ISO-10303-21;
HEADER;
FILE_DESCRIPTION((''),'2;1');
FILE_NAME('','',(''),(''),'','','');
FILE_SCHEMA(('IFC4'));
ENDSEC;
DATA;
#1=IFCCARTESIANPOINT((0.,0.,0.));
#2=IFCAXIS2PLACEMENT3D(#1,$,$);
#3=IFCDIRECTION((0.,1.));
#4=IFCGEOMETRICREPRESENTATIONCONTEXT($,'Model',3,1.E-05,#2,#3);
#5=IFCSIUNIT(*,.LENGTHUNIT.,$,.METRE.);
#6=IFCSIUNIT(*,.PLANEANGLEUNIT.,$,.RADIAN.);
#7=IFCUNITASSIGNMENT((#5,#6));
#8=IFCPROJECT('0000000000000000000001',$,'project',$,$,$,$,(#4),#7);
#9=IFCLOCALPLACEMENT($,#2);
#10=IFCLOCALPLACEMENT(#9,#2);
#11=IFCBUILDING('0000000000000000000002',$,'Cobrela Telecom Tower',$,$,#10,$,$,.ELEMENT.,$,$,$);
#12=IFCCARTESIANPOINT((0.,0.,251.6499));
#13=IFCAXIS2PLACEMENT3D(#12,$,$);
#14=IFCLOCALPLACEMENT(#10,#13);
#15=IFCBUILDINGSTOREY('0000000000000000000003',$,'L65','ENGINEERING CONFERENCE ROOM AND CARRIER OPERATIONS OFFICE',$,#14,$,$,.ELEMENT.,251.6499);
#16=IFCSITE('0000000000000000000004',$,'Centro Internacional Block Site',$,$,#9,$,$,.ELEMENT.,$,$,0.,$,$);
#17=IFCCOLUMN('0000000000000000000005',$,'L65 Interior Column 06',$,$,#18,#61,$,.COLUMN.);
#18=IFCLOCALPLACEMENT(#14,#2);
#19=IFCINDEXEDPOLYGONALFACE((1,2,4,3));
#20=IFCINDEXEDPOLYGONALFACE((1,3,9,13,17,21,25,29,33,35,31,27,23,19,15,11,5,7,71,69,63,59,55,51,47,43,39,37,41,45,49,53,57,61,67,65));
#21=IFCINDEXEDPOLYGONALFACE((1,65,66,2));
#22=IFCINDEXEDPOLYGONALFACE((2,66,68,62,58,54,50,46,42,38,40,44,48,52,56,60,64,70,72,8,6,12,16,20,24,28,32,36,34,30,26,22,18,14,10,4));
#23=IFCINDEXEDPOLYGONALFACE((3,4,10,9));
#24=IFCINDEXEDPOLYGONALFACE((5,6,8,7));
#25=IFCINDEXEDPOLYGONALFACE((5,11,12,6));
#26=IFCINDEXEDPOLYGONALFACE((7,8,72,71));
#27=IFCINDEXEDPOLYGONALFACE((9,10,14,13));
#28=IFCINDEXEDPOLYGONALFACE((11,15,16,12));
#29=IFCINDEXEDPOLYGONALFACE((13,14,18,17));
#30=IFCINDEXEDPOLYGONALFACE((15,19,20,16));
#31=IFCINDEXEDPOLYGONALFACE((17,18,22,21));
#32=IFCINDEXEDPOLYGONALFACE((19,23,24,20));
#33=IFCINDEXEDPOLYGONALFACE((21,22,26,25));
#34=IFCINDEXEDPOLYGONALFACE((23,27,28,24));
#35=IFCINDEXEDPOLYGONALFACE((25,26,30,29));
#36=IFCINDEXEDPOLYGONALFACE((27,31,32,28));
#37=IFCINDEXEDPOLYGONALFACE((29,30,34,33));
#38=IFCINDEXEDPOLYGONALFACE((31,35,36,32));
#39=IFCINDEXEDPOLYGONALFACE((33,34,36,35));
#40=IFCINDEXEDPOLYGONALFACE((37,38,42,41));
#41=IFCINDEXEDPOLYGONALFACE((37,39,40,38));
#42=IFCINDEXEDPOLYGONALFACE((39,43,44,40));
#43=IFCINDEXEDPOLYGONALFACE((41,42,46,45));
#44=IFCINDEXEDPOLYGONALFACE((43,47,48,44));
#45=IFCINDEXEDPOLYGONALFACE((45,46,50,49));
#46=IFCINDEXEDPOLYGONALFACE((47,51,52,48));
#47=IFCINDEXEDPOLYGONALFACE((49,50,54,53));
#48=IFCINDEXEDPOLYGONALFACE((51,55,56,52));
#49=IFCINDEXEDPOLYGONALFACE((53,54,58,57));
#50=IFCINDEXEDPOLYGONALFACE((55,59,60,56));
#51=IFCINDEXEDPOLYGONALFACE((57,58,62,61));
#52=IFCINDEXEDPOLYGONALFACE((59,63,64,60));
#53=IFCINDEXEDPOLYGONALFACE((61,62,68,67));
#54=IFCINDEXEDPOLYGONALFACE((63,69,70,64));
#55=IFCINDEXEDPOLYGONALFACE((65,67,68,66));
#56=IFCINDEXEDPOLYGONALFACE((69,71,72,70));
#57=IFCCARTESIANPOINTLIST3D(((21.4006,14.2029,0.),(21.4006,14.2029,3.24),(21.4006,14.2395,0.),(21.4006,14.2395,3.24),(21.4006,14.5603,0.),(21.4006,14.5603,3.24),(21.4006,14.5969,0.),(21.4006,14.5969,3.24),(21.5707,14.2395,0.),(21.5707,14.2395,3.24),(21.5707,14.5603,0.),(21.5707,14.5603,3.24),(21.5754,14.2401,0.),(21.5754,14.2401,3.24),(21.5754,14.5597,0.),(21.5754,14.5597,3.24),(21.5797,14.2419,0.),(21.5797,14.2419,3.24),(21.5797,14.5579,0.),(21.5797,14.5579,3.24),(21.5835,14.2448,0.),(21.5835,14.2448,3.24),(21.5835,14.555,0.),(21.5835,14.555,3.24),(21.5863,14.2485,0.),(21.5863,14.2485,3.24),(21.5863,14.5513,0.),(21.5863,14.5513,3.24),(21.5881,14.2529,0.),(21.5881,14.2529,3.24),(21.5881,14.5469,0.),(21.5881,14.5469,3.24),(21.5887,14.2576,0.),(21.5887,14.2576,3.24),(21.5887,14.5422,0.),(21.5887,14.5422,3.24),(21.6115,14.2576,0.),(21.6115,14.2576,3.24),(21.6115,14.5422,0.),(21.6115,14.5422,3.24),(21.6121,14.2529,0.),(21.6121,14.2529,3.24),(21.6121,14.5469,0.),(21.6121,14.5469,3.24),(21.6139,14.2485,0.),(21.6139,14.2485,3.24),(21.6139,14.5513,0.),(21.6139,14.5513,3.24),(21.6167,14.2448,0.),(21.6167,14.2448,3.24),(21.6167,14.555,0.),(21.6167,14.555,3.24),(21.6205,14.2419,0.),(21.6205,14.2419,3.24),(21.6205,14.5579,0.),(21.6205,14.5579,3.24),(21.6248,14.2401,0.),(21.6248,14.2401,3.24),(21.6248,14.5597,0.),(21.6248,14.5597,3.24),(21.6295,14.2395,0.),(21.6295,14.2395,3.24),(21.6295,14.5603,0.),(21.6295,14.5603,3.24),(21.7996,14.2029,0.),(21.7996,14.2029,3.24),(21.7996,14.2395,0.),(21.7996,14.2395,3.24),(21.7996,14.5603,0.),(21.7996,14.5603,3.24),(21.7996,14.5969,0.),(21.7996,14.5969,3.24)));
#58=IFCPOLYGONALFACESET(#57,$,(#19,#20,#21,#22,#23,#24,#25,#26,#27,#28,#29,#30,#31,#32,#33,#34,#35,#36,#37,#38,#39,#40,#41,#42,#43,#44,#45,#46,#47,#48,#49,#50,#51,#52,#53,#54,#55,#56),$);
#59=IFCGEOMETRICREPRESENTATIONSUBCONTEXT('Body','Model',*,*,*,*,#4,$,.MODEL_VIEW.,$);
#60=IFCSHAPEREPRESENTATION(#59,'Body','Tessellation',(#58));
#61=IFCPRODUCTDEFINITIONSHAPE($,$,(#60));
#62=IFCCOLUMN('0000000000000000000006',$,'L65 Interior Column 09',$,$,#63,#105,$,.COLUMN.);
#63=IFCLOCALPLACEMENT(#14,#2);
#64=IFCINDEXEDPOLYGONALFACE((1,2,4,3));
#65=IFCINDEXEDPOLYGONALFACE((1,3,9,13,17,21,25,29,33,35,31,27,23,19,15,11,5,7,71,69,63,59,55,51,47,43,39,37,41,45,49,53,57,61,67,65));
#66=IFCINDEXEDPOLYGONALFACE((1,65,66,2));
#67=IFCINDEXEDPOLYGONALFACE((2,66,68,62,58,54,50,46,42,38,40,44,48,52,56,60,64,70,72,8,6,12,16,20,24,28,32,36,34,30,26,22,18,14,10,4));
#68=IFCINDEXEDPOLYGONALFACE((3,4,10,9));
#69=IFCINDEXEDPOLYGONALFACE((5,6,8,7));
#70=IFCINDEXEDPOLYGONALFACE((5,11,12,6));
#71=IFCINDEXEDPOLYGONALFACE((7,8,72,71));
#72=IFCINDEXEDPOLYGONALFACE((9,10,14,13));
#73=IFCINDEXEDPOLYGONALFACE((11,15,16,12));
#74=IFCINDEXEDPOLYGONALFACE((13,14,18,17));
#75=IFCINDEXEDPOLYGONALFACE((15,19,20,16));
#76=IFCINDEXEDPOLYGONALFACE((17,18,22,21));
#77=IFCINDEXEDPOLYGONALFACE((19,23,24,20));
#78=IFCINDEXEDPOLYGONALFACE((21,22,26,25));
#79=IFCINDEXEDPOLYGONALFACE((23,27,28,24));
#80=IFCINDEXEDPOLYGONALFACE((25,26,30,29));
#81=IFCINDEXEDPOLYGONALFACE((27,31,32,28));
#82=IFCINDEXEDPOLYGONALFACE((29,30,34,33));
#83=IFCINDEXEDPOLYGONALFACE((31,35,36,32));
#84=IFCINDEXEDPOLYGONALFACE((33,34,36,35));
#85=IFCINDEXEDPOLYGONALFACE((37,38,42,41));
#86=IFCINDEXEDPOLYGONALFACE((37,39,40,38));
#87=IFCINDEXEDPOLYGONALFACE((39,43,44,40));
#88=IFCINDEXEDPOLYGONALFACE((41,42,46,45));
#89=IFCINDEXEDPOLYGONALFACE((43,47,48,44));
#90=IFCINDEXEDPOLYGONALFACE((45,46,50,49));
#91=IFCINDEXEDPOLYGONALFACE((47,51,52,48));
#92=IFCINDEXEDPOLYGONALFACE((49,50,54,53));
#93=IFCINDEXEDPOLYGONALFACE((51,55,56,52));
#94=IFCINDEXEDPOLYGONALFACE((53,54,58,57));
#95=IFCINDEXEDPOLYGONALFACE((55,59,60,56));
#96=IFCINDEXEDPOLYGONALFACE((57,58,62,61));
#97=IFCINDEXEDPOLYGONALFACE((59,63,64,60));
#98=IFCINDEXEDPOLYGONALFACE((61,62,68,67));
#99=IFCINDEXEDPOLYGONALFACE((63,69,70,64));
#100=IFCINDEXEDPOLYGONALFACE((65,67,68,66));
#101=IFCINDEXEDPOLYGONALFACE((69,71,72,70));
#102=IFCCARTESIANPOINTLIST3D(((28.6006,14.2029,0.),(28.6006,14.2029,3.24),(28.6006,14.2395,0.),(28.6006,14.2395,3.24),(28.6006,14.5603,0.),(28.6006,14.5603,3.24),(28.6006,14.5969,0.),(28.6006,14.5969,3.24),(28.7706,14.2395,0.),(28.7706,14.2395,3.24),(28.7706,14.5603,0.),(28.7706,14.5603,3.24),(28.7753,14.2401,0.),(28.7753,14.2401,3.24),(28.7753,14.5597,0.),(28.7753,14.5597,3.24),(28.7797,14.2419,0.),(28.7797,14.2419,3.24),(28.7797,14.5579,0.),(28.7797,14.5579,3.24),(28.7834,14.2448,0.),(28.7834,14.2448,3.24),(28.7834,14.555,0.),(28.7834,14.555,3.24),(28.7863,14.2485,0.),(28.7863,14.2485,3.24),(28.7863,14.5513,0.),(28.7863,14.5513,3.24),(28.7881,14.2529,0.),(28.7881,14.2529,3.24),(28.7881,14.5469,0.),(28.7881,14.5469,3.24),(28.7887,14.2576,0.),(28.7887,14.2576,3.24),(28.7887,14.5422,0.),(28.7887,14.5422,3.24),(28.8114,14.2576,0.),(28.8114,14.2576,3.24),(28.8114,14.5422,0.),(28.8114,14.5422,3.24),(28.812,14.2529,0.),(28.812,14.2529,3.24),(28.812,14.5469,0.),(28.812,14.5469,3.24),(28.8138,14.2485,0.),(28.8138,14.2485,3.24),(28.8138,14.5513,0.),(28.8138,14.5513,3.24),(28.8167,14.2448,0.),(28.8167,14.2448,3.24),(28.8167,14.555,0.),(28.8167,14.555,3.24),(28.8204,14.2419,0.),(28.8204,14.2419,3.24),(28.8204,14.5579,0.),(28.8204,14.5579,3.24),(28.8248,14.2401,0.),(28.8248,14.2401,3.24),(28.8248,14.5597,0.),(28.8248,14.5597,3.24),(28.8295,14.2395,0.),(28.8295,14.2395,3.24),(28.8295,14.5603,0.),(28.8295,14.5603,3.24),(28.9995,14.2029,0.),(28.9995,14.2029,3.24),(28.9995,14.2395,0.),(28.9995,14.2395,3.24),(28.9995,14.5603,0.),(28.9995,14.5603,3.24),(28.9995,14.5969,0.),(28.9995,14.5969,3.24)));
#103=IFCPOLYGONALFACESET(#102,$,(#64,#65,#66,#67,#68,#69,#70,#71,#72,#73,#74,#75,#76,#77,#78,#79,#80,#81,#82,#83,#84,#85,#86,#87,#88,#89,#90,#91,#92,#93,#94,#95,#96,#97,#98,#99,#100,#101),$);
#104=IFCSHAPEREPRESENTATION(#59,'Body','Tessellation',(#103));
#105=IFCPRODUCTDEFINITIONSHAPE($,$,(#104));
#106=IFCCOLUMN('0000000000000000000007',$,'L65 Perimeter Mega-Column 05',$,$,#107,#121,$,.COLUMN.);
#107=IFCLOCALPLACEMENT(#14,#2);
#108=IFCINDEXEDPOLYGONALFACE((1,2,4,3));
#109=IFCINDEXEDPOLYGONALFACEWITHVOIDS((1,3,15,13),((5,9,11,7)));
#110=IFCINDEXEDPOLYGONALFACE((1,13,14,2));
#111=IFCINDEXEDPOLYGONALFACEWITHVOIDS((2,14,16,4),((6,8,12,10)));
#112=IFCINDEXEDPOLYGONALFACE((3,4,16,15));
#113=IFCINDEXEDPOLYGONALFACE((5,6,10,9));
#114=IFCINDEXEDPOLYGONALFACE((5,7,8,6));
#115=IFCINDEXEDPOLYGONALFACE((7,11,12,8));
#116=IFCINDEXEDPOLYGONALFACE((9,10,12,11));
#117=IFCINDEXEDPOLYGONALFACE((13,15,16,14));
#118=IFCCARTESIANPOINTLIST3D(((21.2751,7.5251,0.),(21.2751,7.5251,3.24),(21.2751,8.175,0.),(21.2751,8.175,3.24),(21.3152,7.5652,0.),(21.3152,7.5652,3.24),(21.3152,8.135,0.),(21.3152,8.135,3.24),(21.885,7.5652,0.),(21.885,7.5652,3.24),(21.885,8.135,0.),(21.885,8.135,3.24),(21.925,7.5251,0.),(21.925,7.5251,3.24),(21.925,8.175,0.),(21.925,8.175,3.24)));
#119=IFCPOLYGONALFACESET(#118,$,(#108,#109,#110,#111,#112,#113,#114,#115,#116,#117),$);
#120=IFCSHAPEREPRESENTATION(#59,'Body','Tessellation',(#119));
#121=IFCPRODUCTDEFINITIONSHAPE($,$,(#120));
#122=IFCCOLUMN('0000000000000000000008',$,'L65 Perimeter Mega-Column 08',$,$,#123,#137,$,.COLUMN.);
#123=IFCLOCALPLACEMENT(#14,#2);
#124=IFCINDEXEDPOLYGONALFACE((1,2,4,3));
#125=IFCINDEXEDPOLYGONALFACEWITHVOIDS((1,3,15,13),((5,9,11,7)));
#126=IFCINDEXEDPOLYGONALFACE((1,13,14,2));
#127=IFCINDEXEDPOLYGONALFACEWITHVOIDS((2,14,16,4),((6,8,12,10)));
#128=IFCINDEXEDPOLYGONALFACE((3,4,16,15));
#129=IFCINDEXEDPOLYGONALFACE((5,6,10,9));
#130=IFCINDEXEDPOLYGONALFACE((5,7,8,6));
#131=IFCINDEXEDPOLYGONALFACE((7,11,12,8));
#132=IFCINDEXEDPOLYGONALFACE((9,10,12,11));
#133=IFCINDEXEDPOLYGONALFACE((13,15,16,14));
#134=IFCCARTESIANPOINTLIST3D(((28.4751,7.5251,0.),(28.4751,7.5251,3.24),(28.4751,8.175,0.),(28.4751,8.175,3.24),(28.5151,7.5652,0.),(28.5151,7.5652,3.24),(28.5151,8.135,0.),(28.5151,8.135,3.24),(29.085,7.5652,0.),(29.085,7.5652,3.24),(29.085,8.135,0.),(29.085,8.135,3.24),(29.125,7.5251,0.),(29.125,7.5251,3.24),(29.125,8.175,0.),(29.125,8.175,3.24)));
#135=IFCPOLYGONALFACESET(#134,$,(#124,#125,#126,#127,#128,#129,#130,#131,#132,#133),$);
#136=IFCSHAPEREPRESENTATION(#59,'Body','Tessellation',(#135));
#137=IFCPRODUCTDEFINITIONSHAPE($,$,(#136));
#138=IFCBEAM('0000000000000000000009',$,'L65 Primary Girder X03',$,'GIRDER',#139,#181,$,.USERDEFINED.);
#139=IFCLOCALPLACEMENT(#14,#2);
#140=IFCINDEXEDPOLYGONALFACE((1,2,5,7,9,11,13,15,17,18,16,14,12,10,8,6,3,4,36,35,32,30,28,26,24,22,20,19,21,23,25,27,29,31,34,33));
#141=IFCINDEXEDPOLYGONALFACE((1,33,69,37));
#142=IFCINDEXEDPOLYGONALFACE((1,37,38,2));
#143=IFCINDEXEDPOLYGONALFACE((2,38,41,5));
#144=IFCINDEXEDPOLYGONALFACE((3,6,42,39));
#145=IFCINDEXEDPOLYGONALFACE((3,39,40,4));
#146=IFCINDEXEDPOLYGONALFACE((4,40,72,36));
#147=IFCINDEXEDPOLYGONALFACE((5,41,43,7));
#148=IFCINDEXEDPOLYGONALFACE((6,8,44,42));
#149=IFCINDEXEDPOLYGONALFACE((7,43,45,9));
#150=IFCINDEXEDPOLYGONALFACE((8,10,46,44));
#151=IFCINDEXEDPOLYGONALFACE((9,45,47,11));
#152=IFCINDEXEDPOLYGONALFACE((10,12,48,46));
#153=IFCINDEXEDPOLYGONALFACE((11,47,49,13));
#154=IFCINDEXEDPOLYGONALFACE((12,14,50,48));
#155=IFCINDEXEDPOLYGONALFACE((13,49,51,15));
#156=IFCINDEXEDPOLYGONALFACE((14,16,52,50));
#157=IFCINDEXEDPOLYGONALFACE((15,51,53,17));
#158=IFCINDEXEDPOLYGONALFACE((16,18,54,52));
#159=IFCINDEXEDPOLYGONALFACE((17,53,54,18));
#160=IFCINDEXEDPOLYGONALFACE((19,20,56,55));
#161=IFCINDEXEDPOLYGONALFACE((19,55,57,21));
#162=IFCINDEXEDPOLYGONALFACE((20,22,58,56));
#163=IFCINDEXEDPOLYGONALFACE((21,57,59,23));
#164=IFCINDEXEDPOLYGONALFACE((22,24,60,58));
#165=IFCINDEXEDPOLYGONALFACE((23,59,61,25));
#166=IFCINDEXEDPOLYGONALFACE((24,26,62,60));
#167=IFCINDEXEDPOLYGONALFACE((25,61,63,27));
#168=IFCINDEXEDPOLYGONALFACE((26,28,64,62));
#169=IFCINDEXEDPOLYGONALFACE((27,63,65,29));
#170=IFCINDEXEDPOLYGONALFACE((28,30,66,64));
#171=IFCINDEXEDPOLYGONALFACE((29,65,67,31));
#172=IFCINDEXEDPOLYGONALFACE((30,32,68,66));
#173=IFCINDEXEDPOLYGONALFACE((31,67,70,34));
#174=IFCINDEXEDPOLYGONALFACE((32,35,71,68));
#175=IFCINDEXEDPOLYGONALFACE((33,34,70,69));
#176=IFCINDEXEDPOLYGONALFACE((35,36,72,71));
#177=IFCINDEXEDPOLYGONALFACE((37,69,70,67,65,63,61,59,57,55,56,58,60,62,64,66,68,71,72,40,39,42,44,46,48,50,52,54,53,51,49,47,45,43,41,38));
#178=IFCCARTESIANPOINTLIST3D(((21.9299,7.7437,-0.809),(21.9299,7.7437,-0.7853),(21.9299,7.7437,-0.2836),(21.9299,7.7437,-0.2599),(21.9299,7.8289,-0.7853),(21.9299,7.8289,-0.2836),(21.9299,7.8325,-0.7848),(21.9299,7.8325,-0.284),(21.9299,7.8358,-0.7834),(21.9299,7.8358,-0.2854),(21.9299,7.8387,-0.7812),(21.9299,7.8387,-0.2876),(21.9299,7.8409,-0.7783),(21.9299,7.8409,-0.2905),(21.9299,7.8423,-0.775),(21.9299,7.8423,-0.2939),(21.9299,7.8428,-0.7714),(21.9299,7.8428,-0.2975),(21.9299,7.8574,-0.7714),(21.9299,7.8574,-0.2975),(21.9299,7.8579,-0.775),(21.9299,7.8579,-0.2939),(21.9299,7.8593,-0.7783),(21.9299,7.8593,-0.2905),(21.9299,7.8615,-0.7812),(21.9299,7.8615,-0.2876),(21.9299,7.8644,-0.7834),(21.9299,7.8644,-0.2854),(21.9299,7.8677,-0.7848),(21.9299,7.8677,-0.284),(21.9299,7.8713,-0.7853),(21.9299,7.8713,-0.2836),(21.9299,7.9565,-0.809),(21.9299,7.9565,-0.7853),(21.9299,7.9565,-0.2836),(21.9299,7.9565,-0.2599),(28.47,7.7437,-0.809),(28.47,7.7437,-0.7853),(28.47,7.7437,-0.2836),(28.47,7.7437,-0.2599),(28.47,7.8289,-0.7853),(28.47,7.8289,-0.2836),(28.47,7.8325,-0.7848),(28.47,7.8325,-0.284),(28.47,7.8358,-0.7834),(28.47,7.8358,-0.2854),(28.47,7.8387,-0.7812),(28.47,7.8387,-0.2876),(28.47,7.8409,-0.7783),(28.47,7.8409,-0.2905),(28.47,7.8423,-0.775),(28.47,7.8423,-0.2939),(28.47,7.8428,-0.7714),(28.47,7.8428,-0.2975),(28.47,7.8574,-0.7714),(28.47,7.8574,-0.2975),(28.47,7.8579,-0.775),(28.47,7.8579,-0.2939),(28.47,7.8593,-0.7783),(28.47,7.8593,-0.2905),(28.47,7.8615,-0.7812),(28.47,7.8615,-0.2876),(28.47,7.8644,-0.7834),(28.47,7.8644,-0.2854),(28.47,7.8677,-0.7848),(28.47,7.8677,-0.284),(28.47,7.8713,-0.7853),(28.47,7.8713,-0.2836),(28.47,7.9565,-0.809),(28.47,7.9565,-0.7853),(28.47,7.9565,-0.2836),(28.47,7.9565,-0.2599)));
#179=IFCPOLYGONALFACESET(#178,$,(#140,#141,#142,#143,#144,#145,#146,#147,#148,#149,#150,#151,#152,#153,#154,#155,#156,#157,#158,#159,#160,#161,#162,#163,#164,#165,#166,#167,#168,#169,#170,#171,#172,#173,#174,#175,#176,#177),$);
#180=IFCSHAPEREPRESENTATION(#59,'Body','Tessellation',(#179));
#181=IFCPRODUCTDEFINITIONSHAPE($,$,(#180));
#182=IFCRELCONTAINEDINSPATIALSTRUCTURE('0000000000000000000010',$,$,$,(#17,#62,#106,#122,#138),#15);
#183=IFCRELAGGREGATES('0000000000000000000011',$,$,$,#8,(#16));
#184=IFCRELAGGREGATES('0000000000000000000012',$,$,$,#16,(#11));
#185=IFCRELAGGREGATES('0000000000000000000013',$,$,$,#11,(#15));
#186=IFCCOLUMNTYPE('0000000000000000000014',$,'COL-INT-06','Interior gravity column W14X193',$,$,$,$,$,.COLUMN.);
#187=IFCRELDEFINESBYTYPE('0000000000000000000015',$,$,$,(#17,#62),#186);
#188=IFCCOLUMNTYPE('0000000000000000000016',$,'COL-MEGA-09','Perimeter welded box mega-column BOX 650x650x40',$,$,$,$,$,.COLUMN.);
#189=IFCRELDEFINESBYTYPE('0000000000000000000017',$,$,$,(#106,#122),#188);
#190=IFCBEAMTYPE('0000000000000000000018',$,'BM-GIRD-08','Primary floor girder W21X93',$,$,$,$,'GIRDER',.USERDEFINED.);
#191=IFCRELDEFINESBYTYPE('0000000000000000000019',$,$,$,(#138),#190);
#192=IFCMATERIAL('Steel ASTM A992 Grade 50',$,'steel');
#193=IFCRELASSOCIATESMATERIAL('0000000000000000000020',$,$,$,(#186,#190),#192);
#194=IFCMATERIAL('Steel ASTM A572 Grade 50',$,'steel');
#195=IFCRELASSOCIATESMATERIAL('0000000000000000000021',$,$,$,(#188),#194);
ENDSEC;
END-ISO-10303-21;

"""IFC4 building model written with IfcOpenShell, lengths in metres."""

from ifc_helpers import new_model, si_unit, direction, frame, origin, origin_2d, place, context, subcontext, project, spatial, hollow_rectangle, i_section, extrude, material, material_profile, profile_set, type_object, element, save


model = new_model("IFC4")

# Units and contexts
model_context = context("Model", 3, precision=1e-05, world=origin(), true_north=direction((0.0, 1.0)))
body_context = subcontext(model_context, "Body", "Model", "MODEL_VIEW")
ifc_project = project(units=[si_unit("LENGTHUNIT", "METRE"), si_unit("PLANEANGLEUNIT", "RADIAN")], contexts=[model_context])

# Site, building, storey
site_placement = place(None, origin())
site = spatial("IfcSite", under=ifc_project, at=site_placement, Name="Centro Internacional Block Site", CompositionType="ELEMENT", RefElevation=0.0)
building_placement = place(site_placement, origin())
building = spatial("IfcBuilding", under=site, at=building_placement, Name="Cobrela Telecom Tower", CompositionType="ELEMENT")
storey_placement = place(building_placement, frame((0.0, 0.0, 251.6499)))
storey = spatial("IfcBuildingStorey", under=building, at=storey_placement, Name="L65", Description="ENGINEERING CONFERENCE ROOM AND CARRIER OPERATIONS OFFICE", CompositionType="ELEMENT", Elevation=251.6499)

# Columns
ifc_material_1 = material(Name="Steel ASTM A992 Grade 50", Category="steel")
ifc_material_profile_1 = material_profile(ifc_material_1, i_section(OverallWidth=0.3989, OverallDepth=0.394, WebThickness=0.0227, FlangeThickness=0.0366, FilletRadius=0.0181, at=origin_2d()), Name="W14X193")
ifc_profile_set_1 = profile_set([ifc_material_profile_1], Name="Steel ASTM A992 Grade 50")
column_type_1 = type_object("IfcColumnType", Name="COL-INT-06", Description="Interior gravity column W14X193", PredefinedType="COLUMN", material=ifc_profile_set_1)
for number, where, z_axis, x_axis, name in (
    (1, (21.6001, 14.3999, 0.0), (0.0, 0.0, 1.0), (1.0, 0.0, 0.0), "L65 Interior Column 06"),
    (2, (28.8, 14.3999, 0.0), (0.0, 0.0, 1.0), (1.0, 0.0, 0.0), "L65 Interior Column 09"),
):
    element("IfcColumn", number, at=place(storey_placement, frame(where, z_axis=z_axis, x_axis=x_axis)), inside=storey, type_object=column_type_1, Name=name, PredefinedType="COLUMN", context=body_context, shape_type="SweptSolid", body=[
        extrude(i_section(OverallWidth=0.3989, OverallDepth=0.394, WebThickness=0.0227, FlangeThickness=0.0366, FilletRadius=0.0181, at=origin_2d()), origin(), (0.0, 0.0, 1.0), 3.24),
    ])
ifc_material_2 = material(Name="Steel ASTM A572 Grade 50", Category="steel")
ifc_material_profile_2 = material_profile(ifc_material_2, hollow_rectangle(XDim=0.6499, YDim=0.6499, WallThickness=0.04, at=origin_2d()), Name="BOX 650x650x40")
ifc_profile_set_2 = profile_set([ifc_material_profile_2], Name="Steel ASTM A572 Grade 50")
column_type_2 = type_object("IfcColumnType", Name="COL-MEGA-09", Description="Perimeter welded box mega-column BOX 650x650x40", PredefinedType="COLUMN", material=ifc_profile_set_2)
for number, where, z_axis, x_axis, name in (
    (3, (21.6001, 7.8501, 0.0), (0.0, 0.0, 1.0), (1.0, 0.0, 0.0), "L65 Perimeter Mega-Column 05"),
    (4, (28.8, 7.8501, 0.0), (0.0, 0.0, 1.0), (1.0, 0.0, 0.0), "L65 Perimeter Mega-Column 08"),
):
    element("IfcColumn", number, at=place(storey_placement, frame(where, z_axis=z_axis, x_axis=x_axis)), inside=storey, type_object=column_type_2, Name=name, PredefinedType="COLUMN", context=body_context, shape_type="SweptSolid", body=[
        extrude(hollow_rectangle(XDim=0.6499, YDim=0.6499, WallThickness=0.04, at=origin_2d()), origin(), (0.0, 0.0, 1.0), 3.24),
    ])

# Beam
ifc_material_profile_3 = material_profile(ifc_material_1, i_section(OverallWidth=0.2129, OverallDepth=0.5491, WebThickness=0.0146, FlangeThickness=0.0237, FilletRadius=0.0139, at=origin_2d()), Name="W21X93")
ifc_profile_set_3 = profile_set([ifc_material_profile_3], Name="Steel ASTM A992 Grade 50")
beam_type_1 = type_object("IfcBeamType", Name="BM-GIRD-08", Description="Primary floor girder W21X93", ElementType="GIRDER", PredefinedType="USERDEFINED", material=ifc_profile_set_3)
beam_1_placement = place(storey_placement, frame((21.9299, 7.8501, -0.5344), z_axis=(1.0, 0.0, 0.0), x_axis=(0.0, 1.0, 0.0)))
element("IfcBeam", 5, at=beam_1_placement, inside=storey, type_object=beam_type_1, Name="L65 Primary Girder X03", ObjectType="GIRDER", PredefinedType="USERDEFINED", context=body_context, shape_type="SweptSolid", body=[
    extrude(i_section(OverallWidth=0.2129, OverallDepth=0.5491, WebThickness=0.0146, FlangeThickness=0.0237, FilletRadius=0.0139, at=origin_2d()), origin(), (0.0, 0.0, 1.0), 6.54),
])

save(model, "model.ifc")
